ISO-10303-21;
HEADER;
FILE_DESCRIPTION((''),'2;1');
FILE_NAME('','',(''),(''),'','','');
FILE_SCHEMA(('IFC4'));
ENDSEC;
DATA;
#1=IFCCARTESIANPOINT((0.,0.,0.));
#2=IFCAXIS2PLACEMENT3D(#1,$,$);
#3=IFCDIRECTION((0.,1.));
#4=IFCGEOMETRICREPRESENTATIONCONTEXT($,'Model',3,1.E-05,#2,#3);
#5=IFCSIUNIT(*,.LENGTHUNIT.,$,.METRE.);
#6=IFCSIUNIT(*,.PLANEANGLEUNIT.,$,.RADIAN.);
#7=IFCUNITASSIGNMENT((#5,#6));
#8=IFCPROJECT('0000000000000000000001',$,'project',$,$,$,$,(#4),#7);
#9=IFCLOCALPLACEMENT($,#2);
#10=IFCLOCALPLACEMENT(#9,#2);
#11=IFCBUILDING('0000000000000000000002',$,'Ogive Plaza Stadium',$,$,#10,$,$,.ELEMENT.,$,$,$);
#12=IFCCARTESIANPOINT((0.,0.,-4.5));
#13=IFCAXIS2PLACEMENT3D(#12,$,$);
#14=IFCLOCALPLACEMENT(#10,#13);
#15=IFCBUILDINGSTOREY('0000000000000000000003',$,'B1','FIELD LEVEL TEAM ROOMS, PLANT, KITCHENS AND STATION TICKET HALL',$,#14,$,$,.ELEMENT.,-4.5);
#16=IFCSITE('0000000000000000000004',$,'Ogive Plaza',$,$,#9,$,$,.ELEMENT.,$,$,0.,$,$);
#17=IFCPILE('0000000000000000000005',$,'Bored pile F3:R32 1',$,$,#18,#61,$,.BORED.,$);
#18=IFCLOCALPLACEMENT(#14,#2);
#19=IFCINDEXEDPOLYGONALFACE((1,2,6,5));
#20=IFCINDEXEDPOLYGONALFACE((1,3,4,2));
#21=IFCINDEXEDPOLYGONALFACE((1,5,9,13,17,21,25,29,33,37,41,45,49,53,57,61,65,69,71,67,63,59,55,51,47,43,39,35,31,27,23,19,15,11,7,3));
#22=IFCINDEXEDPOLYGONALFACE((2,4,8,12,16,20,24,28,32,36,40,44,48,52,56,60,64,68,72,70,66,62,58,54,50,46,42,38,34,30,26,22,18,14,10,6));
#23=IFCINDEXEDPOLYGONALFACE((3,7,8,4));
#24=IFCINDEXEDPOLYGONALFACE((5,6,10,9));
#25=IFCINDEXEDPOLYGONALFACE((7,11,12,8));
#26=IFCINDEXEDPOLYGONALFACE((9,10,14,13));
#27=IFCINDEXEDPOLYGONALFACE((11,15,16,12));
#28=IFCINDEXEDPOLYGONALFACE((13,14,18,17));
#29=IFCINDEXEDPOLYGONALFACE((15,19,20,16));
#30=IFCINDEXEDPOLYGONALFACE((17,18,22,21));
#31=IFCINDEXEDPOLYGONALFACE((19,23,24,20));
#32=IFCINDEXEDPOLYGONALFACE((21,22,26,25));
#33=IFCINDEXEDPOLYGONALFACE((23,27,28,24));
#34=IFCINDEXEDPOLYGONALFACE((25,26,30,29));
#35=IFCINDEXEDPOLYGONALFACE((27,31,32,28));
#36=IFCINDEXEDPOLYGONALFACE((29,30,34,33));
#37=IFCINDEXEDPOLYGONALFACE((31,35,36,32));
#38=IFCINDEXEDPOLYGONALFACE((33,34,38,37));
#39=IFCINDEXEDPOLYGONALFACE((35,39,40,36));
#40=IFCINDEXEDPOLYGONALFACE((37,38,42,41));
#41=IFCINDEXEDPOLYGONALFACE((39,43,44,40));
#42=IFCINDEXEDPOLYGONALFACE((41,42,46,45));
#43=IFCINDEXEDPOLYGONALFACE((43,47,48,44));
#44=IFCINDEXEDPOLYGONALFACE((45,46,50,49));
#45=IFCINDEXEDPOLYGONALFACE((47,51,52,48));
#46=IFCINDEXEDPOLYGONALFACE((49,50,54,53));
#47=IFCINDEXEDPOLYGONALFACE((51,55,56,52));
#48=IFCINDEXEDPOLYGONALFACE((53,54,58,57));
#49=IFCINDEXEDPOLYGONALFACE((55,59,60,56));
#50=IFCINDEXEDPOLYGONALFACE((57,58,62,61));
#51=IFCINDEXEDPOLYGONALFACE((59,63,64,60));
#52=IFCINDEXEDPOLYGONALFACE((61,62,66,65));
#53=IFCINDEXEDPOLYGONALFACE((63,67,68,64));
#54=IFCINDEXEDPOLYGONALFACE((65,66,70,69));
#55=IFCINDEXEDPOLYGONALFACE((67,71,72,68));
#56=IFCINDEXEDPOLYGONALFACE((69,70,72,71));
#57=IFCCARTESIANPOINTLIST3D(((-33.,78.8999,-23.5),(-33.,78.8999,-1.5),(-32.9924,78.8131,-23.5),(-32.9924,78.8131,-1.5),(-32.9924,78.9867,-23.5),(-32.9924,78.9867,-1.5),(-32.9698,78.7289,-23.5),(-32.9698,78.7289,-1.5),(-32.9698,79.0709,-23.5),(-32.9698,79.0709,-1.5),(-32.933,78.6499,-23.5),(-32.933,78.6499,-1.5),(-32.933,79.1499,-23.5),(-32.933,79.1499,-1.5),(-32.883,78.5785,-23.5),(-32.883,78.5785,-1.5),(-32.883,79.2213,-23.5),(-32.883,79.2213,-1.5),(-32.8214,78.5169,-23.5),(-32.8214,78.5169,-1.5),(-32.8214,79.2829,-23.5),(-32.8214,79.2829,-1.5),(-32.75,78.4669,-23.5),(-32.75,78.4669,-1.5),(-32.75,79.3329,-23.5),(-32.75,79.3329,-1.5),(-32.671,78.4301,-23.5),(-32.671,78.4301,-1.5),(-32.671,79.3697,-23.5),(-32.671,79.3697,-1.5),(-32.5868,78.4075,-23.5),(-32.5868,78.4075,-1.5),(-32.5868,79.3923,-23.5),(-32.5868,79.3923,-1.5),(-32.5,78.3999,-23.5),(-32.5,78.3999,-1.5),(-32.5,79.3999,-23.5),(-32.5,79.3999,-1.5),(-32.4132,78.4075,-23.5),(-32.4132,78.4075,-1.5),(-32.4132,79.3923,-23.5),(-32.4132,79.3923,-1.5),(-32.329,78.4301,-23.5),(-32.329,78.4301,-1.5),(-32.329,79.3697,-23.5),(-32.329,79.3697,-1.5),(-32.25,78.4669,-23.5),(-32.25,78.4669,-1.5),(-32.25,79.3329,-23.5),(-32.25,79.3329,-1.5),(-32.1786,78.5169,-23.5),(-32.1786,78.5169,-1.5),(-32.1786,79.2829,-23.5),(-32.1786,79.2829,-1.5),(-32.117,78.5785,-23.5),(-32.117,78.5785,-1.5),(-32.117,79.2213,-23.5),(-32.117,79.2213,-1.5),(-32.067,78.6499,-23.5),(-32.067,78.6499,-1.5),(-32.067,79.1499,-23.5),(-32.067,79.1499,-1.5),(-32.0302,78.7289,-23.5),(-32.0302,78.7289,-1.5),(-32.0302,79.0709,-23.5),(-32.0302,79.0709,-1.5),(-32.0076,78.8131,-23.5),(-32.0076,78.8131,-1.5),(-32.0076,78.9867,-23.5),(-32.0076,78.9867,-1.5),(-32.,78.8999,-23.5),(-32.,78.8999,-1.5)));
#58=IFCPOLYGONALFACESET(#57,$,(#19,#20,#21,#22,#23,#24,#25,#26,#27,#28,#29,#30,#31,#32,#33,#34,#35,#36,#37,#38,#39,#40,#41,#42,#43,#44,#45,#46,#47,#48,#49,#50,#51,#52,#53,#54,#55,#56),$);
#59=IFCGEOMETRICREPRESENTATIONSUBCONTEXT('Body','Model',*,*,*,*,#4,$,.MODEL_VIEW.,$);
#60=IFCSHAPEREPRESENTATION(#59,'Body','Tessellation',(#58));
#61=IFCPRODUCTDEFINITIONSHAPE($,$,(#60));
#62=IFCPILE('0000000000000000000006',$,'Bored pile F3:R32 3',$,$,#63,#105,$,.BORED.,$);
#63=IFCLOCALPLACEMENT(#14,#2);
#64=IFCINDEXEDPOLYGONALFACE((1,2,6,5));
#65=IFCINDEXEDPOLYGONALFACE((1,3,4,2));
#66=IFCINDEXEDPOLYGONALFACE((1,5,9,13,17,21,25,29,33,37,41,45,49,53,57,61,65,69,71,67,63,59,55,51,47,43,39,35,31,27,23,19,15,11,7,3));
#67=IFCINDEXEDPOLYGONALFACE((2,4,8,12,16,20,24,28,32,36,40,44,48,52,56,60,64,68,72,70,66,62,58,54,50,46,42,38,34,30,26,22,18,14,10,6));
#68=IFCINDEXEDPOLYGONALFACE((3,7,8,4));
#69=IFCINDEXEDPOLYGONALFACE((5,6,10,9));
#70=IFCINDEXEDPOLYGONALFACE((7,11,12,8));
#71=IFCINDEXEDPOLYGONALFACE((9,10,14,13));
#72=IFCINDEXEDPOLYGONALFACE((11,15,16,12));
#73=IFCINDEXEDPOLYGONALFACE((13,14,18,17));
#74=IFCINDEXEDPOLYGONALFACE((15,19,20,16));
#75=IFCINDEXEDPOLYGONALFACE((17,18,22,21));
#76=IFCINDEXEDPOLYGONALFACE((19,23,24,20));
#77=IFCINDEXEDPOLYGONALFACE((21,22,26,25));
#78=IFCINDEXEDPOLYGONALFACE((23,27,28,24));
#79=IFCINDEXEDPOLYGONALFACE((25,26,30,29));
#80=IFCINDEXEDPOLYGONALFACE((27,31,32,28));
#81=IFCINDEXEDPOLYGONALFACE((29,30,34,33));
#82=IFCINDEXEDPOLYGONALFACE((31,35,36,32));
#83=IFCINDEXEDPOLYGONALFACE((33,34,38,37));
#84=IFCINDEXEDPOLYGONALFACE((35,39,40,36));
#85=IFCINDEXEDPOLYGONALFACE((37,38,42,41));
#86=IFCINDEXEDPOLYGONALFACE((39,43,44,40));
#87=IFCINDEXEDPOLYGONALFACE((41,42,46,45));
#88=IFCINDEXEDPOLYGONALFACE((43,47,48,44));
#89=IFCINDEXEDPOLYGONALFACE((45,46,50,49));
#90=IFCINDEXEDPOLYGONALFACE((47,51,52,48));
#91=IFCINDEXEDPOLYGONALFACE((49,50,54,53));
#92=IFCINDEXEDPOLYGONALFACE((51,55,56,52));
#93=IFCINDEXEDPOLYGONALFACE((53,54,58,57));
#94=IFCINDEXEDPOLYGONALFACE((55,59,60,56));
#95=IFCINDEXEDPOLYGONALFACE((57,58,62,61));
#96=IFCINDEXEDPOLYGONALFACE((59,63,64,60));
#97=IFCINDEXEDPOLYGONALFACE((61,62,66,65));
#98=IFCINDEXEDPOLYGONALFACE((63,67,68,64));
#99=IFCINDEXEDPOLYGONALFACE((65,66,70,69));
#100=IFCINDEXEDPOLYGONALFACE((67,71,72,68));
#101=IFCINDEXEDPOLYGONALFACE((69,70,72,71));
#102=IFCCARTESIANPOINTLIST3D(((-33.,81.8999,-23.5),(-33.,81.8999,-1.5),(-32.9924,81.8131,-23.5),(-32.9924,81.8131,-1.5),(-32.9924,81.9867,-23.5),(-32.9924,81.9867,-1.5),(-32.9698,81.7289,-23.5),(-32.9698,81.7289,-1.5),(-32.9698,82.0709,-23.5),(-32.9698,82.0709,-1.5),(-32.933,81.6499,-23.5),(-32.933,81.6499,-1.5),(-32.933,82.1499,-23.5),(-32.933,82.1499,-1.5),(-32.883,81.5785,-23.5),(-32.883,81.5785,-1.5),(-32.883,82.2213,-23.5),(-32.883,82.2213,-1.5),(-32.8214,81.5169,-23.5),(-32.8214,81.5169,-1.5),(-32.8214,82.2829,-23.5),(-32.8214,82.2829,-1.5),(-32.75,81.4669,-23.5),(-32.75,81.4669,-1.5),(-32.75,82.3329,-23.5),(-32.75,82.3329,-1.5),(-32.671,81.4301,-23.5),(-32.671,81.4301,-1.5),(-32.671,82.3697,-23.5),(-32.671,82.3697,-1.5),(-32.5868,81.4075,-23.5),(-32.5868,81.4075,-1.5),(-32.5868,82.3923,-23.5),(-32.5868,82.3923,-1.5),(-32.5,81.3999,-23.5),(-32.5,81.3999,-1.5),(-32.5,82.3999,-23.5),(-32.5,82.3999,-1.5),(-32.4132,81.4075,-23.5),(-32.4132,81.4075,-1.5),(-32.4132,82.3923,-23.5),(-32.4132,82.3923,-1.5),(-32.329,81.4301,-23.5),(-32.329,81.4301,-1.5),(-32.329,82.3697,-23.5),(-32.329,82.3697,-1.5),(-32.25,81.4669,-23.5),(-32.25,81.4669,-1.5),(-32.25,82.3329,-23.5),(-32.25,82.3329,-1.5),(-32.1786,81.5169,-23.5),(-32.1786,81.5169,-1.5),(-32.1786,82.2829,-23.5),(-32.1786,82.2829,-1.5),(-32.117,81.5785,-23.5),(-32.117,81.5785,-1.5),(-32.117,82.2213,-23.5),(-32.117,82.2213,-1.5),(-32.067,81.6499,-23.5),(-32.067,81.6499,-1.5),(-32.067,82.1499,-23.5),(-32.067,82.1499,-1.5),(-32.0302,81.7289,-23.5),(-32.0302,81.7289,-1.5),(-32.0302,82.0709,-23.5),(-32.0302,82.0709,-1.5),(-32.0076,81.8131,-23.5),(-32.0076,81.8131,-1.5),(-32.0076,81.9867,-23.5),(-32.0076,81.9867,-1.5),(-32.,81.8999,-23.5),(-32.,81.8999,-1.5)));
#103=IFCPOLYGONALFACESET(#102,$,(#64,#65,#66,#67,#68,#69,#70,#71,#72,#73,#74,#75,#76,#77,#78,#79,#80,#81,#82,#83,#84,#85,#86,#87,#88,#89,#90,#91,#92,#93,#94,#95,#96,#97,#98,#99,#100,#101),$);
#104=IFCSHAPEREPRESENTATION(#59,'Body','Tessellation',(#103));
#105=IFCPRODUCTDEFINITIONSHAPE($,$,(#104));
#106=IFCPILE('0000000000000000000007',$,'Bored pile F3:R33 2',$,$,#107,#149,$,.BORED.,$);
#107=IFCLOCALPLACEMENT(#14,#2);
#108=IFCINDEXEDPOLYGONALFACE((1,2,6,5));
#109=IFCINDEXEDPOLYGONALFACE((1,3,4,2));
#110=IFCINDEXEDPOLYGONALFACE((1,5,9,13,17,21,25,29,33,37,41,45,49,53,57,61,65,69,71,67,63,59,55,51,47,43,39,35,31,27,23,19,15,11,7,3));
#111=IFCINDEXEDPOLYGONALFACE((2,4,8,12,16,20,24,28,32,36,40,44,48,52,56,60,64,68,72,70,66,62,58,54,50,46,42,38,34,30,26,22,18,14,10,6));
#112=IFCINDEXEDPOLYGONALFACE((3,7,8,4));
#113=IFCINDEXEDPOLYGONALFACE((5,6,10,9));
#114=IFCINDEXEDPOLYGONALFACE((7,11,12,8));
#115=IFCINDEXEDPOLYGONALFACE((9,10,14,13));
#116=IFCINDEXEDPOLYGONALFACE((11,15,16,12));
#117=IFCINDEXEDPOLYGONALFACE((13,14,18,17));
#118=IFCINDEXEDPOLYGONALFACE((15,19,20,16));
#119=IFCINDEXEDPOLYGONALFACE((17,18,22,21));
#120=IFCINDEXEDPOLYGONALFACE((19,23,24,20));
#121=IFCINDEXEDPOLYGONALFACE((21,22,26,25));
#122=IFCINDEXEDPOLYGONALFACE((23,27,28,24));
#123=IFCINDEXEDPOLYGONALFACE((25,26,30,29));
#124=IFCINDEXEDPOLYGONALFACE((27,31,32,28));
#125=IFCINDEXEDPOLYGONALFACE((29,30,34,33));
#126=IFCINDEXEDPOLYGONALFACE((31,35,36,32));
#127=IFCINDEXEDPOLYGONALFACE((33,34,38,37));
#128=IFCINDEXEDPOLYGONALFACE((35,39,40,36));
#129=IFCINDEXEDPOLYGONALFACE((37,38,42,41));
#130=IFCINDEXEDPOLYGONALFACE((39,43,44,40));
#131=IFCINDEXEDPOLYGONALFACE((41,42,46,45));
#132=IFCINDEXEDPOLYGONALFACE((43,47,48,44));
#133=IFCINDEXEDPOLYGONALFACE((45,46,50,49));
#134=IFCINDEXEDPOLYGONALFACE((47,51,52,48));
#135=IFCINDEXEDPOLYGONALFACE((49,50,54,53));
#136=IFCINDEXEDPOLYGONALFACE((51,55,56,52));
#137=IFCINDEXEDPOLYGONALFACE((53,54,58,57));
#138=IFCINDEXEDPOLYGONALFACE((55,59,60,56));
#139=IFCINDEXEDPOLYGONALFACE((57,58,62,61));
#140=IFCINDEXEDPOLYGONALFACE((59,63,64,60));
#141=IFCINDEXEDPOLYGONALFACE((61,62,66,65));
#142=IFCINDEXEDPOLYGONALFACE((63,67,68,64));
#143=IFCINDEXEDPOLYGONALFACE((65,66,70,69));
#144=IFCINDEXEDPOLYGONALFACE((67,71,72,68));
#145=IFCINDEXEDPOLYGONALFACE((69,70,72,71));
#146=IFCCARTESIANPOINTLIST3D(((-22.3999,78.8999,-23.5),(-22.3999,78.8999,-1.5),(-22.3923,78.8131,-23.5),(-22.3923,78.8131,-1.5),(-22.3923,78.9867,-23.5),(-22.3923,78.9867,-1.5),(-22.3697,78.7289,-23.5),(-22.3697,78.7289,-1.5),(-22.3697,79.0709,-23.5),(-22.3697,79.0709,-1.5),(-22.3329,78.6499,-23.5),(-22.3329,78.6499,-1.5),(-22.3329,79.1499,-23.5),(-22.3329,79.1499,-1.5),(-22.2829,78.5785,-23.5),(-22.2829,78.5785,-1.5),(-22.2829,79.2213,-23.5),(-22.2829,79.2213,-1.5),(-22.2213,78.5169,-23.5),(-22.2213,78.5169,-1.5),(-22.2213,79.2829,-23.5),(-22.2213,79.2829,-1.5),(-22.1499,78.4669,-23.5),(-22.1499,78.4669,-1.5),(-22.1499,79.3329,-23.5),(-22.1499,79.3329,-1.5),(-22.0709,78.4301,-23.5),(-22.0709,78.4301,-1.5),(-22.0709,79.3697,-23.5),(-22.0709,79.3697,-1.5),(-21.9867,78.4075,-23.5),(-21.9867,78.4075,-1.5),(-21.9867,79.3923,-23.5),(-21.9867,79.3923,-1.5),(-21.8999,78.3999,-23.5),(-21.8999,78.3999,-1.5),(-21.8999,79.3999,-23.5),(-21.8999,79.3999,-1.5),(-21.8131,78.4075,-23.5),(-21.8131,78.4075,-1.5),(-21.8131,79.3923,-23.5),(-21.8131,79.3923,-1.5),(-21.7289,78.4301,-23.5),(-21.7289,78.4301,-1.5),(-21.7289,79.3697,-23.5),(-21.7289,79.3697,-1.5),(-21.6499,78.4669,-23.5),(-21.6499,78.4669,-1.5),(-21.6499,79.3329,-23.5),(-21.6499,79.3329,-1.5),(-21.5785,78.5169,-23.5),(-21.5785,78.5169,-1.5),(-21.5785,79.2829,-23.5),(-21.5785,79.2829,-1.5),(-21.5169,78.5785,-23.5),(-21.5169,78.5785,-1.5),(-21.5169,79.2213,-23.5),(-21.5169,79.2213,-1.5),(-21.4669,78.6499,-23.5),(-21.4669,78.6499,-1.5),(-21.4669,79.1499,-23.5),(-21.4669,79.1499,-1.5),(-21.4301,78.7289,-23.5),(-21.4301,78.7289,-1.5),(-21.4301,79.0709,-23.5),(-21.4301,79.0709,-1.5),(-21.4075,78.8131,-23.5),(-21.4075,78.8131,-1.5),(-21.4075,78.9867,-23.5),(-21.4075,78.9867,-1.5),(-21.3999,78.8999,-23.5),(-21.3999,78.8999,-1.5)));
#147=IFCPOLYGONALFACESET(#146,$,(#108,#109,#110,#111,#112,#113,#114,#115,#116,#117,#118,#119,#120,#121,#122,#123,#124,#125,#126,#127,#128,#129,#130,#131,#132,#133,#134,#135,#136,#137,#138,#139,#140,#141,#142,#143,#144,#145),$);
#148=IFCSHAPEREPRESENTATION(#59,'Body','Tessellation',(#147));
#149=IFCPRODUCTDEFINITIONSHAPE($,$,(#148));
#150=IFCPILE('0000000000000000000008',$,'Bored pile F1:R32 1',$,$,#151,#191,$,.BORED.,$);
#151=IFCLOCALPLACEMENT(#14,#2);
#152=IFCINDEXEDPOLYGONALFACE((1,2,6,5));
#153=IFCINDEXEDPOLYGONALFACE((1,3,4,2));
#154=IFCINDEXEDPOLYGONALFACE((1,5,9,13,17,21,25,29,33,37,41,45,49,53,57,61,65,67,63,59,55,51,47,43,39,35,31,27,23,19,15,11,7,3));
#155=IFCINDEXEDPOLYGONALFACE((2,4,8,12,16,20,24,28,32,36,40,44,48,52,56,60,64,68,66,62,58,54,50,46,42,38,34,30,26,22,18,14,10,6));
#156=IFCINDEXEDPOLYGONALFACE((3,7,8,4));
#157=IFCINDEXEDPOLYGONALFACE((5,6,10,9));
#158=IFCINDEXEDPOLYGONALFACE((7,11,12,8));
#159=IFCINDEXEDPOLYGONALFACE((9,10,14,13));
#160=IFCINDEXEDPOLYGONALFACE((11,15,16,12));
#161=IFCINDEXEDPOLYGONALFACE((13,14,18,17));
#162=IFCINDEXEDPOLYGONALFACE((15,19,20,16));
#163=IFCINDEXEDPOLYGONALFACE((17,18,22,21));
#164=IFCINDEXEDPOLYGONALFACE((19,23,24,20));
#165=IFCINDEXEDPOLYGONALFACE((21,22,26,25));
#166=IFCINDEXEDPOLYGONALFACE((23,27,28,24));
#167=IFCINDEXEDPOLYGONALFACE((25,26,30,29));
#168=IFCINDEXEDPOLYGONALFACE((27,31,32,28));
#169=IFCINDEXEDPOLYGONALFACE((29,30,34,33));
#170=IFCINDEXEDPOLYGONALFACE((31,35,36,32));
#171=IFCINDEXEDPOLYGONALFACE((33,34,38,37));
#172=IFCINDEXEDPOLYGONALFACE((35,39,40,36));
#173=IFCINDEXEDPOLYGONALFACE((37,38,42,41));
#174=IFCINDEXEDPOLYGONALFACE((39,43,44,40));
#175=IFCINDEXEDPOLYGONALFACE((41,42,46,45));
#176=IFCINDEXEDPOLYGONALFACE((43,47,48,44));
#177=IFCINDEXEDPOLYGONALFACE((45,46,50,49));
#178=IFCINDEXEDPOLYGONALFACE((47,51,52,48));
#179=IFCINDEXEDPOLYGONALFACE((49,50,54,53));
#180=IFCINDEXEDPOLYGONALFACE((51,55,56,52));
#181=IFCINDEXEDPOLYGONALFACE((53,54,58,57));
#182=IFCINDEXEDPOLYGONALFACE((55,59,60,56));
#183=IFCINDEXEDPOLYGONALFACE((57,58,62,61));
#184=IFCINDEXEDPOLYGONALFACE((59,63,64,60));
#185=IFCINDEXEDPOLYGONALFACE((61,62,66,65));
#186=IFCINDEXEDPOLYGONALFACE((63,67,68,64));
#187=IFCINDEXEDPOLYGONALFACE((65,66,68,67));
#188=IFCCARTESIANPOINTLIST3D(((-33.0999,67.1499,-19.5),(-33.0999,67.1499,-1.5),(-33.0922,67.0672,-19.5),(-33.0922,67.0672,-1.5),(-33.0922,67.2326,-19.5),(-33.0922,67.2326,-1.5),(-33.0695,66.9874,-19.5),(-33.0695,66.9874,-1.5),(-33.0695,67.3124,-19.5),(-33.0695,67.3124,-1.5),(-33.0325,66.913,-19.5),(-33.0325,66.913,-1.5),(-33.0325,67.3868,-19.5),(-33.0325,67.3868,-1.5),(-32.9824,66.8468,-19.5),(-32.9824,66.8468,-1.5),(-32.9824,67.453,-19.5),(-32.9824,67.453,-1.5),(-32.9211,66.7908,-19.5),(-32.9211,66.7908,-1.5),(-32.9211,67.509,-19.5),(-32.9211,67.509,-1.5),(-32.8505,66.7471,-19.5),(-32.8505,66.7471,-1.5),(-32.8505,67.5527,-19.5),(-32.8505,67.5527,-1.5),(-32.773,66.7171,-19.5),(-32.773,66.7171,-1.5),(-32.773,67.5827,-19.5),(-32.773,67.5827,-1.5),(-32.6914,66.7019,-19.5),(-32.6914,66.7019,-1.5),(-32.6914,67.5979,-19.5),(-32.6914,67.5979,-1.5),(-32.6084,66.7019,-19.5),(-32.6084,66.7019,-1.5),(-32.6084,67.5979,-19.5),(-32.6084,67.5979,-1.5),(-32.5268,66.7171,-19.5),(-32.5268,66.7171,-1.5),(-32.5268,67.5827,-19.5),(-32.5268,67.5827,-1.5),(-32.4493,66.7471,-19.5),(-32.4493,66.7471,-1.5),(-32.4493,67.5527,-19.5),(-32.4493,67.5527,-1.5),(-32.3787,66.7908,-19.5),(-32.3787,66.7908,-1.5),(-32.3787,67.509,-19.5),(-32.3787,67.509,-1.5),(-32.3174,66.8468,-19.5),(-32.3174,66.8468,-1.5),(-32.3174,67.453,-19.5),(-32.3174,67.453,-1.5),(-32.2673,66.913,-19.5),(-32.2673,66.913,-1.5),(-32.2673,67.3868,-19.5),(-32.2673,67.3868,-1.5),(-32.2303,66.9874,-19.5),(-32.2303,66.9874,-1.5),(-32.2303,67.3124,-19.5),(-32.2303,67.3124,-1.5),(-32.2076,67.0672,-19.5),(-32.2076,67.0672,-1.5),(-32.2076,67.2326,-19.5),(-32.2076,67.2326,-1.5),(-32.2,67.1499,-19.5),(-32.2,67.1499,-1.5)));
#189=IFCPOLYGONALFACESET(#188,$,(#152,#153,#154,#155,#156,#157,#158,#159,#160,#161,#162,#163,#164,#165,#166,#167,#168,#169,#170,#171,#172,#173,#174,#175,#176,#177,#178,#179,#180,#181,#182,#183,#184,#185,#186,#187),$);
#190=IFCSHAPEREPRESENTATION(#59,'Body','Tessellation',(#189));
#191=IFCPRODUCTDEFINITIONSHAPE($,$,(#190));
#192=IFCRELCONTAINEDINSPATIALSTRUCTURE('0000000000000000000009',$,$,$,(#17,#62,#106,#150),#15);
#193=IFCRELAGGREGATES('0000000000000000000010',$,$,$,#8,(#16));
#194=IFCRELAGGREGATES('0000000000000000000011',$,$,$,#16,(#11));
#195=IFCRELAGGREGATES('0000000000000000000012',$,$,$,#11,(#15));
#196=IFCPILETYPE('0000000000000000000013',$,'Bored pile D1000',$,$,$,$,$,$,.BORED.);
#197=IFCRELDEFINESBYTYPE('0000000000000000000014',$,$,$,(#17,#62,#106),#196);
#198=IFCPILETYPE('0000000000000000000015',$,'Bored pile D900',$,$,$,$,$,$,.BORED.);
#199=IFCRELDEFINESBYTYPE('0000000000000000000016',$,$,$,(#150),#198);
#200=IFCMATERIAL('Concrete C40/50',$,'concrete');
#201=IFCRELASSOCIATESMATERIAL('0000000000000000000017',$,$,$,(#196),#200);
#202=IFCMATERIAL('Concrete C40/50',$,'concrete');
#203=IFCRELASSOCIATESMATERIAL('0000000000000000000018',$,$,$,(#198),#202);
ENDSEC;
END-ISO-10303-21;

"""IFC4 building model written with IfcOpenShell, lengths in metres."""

from ifc_helpers import new_model, si_unit, direction, frame, origin, origin_2d, place, context, subcontext, project, spatial, circle, extrude, material, material_profile, profile_set, type_object, element, save


model = new_model("IFC4")

# Units and contexts
model_context = context("Model", 3, precision=1e-05, world=origin(), true_north=direction((0.0, 1.0)))
body_context = subcontext(model_context, "Body", "Model", "MODEL_VIEW")
ifc_project = project(units=[si_unit("LENGTHUNIT", "METRE"), si_unit("PLANEANGLEUNIT", "RADIAN")], contexts=[model_context])

# Site, building, storey
site_placement = place(None, origin())
site = spatial("IfcSite", under=ifc_project, at=site_placement, Name="Ogive Plaza", CompositionType="ELEMENT", RefElevation=0.0)
building_placement = place(site_placement, origin())
building = spatial("IfcBuilding", under=site, at=building_placement, Name="Ogive Plaza Stadium", CompositionType="ELEMENT")
storey_placement = place(building_placement, frame((0.0, 0.0, -4.5)))
storey = spatial("IfcBuildingStorey", under=building, at=storey_placement, Name="B1", Description="FIELD LEVEL TEAM ROOMS, PLANT, KITCHENS AND STATION TICKET HALL", CompositionType="ELEMENT", Elevation=-4.5)

# Piles
ifc_material_1 = material(Name="Concrete C40/50", Category="concrete")
ifc_material_profile_1 = material_profile(ifc_material_1, circle(Radius=0.5, at=origin_2d()), Name="RC D1000")
ifc_profile_set_1 = profile_set([ifc_material_profile_1], Name="Concrete C40/50")
pile_type_1 = type_object("IfcPileType", Name="Bored pile D1000", PredefinedType="BORED", material=ifc_profile_set_1)
for number, where, z_axis, x_axis, name in (
    (1, (-32.5, 78.8999, -1.5), (0.0, 0.0, -1.0), (1.0, 0.0, 0.0), "Bored pile F3:R32 1"),
    (2, (-32.5, 81.8999, -1.5), (0.0, 0.0, -1.0), (1.0, 0.0, 0.0), "Bored pile F3:R32 3"),
    (3, (-21.8999, 78.8999, -1.5), (0.0, 0.0, -1.0), (1.0, 0.0, 0.0), "Bored pile F3:R33 2"),
):
    element("IfcPile", number, at=place(storey_placement, frame(where, z_axis=z_axis, x_axis=x_axis)), inside=storey, type_object=pile_type_1, Name=name, PredefinedType="BORED", context=body_context, shape_type="SweptSolid", body=[
        extrude(circle(Radius=0.5, at=origin_2d()), origin(), (0.0, 0.0, 1.0), 22.0),
    ])
ifc_material_2 = material(Name="Concrete C40/50", Category="concrete")
ifc_material_profile_2 = material_profile(ifc_material_2, circle(Radius=0.45, at=origin_2d()), Name="RC D900")
ifc_profile_set_2 = profile_set([ifc_material_profile_2], Name="Concrete C40/50")
pile_type_2 = type_object("IfcPileType", Name="Bored pile D900", PredefinedType="BORED", material=ifc_profile_set_2)
for number, where, z_axis, x_axis, name in (
    (4, (-32.6499, 67.1499, -1.5), (0.0, 0.0, -1.0), (1.0, 0.0, 0.0), "Bored pile F1:R32 1"),
):
    element("IfcPile", number, at=place(storey_placement, frame(where, z_axis=z_axis, x_axis=x_axis)), inside=storey, type_object=pile_type_2, Name=name, PredefinedType="BORED", context=body_context, shape_type="SweptSolid", body=[
        extrude(circle(Radius=0.45, at=origin_2d()), origin(), (0.0, 0.0, 1.0), 18.0),
    ])

save(model, "model.ifc")
